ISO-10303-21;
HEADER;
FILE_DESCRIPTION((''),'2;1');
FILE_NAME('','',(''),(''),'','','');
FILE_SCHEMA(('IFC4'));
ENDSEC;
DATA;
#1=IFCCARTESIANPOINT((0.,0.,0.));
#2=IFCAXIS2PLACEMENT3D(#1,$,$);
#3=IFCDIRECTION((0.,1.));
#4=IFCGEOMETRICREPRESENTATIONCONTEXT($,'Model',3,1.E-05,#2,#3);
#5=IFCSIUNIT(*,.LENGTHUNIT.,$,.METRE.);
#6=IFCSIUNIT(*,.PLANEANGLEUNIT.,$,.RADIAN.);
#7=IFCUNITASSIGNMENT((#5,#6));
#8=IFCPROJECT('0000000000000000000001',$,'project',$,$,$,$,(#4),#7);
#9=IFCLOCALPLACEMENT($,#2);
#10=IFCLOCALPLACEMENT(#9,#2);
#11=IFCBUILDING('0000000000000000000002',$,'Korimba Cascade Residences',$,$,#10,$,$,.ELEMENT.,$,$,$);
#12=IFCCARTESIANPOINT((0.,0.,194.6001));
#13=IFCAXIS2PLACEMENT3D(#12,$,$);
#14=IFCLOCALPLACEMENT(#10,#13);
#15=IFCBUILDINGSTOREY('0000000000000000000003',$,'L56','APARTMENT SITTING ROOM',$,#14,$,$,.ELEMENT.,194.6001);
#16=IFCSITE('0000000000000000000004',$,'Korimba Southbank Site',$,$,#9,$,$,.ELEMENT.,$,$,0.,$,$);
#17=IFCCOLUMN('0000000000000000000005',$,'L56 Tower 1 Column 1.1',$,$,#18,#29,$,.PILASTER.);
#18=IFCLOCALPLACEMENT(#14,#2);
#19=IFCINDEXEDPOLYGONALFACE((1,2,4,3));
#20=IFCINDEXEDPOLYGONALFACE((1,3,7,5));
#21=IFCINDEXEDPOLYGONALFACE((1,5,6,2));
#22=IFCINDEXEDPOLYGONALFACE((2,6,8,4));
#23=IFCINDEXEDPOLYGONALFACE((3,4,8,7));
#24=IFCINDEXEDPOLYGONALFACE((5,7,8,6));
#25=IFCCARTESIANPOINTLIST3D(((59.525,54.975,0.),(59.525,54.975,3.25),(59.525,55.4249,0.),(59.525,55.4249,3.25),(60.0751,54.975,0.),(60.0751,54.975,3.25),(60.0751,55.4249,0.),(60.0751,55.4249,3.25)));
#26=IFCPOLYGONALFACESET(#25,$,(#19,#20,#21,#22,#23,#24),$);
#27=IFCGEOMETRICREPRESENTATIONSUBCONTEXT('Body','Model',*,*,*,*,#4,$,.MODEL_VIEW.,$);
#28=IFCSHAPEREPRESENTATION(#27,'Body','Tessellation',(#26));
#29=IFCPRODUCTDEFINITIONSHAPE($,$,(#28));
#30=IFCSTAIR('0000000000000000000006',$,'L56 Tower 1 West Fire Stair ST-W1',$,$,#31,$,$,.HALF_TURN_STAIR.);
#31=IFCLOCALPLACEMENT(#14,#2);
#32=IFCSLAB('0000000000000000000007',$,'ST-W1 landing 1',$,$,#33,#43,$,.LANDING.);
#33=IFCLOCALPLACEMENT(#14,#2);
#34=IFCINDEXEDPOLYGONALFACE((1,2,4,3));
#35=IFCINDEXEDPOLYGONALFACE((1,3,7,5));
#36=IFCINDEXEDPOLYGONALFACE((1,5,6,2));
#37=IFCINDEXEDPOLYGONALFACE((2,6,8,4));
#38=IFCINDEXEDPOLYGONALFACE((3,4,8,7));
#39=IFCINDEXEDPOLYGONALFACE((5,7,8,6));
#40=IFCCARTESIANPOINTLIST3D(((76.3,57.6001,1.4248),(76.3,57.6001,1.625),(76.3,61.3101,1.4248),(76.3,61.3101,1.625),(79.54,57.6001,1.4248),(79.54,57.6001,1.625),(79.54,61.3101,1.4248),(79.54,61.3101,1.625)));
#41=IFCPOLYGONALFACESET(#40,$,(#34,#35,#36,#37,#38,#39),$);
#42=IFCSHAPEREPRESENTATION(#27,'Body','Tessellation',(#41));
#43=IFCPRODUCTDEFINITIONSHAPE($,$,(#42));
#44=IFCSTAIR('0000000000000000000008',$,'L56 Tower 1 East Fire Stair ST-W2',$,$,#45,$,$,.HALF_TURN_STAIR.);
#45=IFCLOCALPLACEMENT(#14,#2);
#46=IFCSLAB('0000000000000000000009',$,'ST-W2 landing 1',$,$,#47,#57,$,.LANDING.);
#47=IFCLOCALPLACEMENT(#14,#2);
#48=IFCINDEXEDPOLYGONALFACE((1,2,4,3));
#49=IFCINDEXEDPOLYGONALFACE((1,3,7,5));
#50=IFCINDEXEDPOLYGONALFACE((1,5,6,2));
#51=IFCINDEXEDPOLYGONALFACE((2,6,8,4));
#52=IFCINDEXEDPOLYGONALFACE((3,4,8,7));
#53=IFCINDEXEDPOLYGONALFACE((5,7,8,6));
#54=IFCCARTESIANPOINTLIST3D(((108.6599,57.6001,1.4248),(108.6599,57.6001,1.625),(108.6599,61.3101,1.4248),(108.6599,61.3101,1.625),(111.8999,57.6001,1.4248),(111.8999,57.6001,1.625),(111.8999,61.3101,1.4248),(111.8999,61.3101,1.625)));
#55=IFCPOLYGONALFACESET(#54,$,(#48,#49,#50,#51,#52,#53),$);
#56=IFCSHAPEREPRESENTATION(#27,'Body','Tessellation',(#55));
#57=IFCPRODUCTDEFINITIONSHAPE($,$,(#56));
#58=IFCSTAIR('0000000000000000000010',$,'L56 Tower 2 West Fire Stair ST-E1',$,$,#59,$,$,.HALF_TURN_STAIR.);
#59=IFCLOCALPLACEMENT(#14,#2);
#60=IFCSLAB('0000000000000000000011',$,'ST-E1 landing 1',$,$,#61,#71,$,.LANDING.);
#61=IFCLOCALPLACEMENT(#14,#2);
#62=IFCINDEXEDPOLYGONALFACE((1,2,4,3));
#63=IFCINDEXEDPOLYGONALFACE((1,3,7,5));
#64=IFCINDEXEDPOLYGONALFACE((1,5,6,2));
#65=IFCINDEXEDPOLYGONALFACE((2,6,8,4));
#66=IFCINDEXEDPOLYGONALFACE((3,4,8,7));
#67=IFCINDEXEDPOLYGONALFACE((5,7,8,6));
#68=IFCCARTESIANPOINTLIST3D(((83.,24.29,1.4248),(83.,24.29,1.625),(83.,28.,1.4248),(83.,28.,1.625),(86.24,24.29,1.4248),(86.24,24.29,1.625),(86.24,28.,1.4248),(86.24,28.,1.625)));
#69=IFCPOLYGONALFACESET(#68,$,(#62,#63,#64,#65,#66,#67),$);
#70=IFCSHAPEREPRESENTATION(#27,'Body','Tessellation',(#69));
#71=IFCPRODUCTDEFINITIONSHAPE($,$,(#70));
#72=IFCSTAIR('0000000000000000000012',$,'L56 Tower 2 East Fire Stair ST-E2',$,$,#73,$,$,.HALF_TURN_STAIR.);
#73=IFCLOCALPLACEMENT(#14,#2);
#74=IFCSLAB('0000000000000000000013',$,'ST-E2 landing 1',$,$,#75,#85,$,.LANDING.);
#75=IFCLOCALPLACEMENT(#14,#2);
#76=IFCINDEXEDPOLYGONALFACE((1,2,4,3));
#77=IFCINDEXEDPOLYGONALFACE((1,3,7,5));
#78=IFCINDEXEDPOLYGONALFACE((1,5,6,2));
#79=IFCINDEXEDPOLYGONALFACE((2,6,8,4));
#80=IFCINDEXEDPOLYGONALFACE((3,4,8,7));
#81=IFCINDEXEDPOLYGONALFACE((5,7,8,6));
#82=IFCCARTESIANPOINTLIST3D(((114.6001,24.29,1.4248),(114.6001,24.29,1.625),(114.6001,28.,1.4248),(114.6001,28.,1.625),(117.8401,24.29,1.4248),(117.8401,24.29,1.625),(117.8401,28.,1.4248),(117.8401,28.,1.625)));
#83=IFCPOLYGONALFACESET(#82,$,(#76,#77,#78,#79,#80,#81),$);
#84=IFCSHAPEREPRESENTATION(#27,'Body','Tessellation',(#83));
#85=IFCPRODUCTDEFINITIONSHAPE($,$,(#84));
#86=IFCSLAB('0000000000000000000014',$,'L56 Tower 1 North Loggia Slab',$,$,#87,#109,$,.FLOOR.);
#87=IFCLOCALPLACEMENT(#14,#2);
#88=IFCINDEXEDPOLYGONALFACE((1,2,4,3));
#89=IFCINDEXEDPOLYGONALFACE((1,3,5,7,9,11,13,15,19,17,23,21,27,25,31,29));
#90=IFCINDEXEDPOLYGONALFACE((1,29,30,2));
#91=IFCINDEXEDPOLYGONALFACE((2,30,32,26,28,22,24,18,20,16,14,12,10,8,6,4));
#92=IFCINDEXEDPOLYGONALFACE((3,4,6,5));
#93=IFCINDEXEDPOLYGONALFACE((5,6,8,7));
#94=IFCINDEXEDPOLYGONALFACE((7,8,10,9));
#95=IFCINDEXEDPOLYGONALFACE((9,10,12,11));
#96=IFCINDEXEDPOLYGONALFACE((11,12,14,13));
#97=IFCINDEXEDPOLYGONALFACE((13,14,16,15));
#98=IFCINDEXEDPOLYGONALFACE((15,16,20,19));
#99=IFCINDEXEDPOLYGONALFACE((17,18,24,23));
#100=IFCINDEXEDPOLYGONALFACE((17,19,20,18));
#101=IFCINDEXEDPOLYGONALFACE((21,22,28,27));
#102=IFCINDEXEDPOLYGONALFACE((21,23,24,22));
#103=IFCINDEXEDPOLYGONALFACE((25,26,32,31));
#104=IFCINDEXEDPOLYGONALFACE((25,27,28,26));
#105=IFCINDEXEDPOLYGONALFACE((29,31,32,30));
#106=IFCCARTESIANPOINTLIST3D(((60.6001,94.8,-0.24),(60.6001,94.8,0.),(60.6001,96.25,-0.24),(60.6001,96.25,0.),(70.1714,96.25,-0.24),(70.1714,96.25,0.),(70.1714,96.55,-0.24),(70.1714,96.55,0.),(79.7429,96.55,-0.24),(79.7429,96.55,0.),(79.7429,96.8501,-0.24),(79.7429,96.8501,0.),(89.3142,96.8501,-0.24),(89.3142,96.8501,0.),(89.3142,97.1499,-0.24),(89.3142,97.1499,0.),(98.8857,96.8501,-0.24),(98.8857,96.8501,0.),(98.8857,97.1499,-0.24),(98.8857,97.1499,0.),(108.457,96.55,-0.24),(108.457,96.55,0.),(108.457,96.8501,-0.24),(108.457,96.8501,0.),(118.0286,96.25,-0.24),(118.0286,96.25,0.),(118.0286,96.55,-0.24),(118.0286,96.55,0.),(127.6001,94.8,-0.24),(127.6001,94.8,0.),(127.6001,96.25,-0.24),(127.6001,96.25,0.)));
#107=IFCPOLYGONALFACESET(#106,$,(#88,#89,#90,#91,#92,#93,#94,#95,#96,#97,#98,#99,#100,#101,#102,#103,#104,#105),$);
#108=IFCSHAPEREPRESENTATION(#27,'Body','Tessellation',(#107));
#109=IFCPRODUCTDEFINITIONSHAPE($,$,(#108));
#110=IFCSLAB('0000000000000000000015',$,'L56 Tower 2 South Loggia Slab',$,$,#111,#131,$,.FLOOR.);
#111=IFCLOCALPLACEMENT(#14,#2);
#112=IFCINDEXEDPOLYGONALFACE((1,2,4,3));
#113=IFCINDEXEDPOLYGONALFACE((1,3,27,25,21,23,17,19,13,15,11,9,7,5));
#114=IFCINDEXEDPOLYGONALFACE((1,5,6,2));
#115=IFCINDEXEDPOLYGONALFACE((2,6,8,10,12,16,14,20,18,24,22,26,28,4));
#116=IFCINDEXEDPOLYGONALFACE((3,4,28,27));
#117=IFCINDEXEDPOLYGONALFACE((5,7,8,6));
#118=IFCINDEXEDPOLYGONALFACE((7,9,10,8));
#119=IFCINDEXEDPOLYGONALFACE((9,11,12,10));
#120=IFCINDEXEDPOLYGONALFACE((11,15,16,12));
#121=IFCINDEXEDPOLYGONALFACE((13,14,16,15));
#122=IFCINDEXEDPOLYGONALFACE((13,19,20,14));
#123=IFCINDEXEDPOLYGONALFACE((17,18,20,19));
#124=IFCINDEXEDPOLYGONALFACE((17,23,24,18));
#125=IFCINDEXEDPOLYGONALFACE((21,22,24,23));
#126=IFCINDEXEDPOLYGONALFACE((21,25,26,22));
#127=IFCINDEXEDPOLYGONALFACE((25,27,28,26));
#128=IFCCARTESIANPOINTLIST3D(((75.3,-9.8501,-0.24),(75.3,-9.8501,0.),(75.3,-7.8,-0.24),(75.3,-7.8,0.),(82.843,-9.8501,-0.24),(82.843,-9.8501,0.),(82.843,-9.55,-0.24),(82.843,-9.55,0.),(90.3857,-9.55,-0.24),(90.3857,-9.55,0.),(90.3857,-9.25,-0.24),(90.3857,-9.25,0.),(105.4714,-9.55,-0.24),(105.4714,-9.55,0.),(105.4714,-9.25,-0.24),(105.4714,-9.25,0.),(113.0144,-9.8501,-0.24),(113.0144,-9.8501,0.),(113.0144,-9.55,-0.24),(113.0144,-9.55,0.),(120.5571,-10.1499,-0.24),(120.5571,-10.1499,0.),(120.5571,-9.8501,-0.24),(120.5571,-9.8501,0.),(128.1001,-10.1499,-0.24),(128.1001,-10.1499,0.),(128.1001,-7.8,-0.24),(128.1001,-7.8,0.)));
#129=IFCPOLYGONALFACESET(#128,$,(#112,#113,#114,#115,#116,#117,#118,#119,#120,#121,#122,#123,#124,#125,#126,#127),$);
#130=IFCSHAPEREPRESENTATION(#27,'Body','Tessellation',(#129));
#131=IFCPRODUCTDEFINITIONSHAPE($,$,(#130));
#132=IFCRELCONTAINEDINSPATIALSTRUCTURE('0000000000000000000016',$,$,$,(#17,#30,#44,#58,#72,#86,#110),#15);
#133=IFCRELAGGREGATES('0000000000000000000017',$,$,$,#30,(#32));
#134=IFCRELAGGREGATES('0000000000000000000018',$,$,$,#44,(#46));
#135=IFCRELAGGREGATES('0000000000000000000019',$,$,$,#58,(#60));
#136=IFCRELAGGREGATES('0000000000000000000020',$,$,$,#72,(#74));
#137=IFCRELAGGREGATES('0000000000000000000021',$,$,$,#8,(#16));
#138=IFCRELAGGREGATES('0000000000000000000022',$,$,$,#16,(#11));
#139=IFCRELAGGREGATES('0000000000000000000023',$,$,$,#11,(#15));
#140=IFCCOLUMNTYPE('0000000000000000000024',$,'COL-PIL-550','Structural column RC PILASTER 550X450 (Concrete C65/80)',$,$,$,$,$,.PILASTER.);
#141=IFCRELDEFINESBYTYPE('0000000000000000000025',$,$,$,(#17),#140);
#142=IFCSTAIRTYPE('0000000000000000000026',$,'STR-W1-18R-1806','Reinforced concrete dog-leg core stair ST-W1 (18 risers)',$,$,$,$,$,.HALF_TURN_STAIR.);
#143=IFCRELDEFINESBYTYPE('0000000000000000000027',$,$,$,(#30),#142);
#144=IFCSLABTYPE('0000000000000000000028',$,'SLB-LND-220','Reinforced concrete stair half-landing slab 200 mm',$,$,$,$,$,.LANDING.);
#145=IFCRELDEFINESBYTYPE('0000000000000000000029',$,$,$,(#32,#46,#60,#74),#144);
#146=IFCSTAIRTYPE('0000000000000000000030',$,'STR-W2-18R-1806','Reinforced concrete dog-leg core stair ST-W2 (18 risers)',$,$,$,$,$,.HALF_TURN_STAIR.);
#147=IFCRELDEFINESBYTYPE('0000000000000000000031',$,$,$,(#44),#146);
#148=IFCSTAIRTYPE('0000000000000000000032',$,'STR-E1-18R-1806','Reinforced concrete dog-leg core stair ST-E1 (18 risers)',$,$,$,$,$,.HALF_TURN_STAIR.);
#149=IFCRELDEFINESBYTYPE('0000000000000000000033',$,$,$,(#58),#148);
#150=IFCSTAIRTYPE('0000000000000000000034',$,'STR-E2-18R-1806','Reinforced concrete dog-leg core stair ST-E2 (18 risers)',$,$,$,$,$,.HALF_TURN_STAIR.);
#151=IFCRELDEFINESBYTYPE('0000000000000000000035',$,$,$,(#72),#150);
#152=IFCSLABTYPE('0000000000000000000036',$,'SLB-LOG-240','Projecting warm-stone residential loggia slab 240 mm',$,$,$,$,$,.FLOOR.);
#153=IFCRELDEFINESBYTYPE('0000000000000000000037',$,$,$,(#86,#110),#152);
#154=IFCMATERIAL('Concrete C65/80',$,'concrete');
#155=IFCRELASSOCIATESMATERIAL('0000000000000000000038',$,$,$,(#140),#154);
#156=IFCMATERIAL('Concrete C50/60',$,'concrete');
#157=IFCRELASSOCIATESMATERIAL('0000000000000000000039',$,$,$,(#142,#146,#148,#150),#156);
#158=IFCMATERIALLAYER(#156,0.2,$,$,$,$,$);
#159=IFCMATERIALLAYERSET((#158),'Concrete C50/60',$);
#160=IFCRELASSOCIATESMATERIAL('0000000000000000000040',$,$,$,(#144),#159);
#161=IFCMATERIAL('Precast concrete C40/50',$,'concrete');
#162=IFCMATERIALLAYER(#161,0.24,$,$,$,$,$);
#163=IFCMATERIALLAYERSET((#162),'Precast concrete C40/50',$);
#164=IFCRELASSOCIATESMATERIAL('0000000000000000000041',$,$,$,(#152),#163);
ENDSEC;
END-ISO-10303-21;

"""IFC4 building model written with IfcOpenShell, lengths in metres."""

from ifc_helpers import new_model, si_unit, direction, frame, origin, origin_2d, place, context, subcontext, project, spatial, polyline, rectangle, outline, extrude, material, layer, layer_set, material_profile, profile_set, type_object, element, aggregate, save


model = new_model("IFC4")

# Units and contexts
model_context = context("Model", 3, precision=1e-05, world=origin(), true_north=direction((0.0, 1.0)))
body_context = subcontext(model_context, "Body", "Model", "MODEL_VIEW")
ifc_project = project(units=[si_unit("LENGTHUNIT", "METRE"), si_unit("PLANEANGLEUNIT", "RADIAN")], contexts=[model_context])

# Site, building, storey
site_placement = place(None, origin())
site = spatial("IfcSite", under=ifc_project, at=site_placement, Name="Korimba Southbank Site", CompositionType="ELEMENT", RefElevation=0.0)
building_placement = place(site_placement, origin())
building = spatial("IfcBuilding", under=site, at=building_placement, Name="Korimba Cascade Residences", CompositionType="ELEMENT")
storey_placement = place(building_placement, frame((0.0, 0.0, 194.6001)))
storey = spatial("IfcBuildingStorey", under=building, at=storey_placement, Name="L56", Description="APARTMENT SITTING ROOM", CompositionType="ELEMENT", Elevation=194.6001)

# Column
ifc_material_1 = material(Name="Concrete C65/80", Category="concrete")
ifc_material_profile = material_profile(ifc_material_1, rectangle(XDim=0.55, YDim=0.45, at=origin_2d()), Name="Concrete C65/80")
ifc_profile_set = profile_set([ifc_material_profile], Name="Concrete C65/80")
column_type = type_object("IfcColumnType", Name="COL-PIL-550", Description="Structural column RC PILASTER 550X450 (Concrete C65/80)", PredefinedType="PILASTER", material=ifc_profile_set)
column_placement = place(storey_placement, frame((59.8, 55.2, 0.0), z_axis=(0.0, 0.0, 1.0), x_axis=(1.0, 0.0, 0.0)))
element("IfcColumn", 1, at=column_placement, inside=storey, type_object=column_type, Name="L56 Tower 1 Column 1.1", PredefinedType="PILASTER", context=body_context, shape_type="SweptSolid", body=[
    extrude(rectangle(XDim=0.55, YDim=0.45, at=origin_2d()), origin(), (0.0, 0.0, 1.0), 3.25),
])

# Stairs, slabs
ifc_material_2 = material(Name="Concrete C50/60", Category="concrete")
stair_type_1 = type_object("IfcStairType", Name="STR-W1-18R-1806", Description="Reinforced concrete dog-leg core stair ST-W1 (18 risers)", PredefinedType="HALF_TURN_STAIR", material=ifc_material_2)
stair_1_placement = place(storey_placement, origin())
stair_1 = element("IfcStair", 2, at=stair_1_placement, inside=storey, type_object=stair_type_1, Name="L56 Tower 1 West Fire Stair ST-W1", PredefinedType="HALF_TURN_STAIR")
ifc_layer_1 = layer(ifc_material_2, 0.2)
ifc_layer_set_1 = layer_set([ifc_layer_1], Name="Concrete C50/60")
slab_type_1 = type_object("IfcSlabType", Name="SLB-LND-220", Description="Reinforced concrete stair half-landing slab 200 mm", PredefinedType="LANDING", material=ifc_layer_set_1)
slab_1_placement = place(storey_placement, frame((0.0, 0.0, 1.4248)))
slab_1 = element("IfcSlab", 3, at=slab_1_placement, type_object=slab_type_1, Name="ST-W1 landing 1", PredefinedType="LANDING", context=body_context, shape_type="SweptSolid", body=[
    extrude(outline(polyline([(76.3, 61.3101), (76.3, 57.6001), (79.54, 57.6001), (79.54, 61.3101), (76.3, 61.3101)])), origin(), (0.0, 0.0, 1.0), 0.2002),
])
aggregate(stair_1, [slab_1])
stair_type_2 = type_object("IfcStairType", Name="STR-W2-18R-1806", Description="Reinforced concrete dog-leg core stair ST-W2 (18 risers)", PredefinedType="HALF_TURN_STAIR", material=ifc_material_2)
stair_2_placement = place(storey_placement, origin())
stair_2 = element("IfcStair", 4, at=stair_2_placement, inside=storey, type_object=stair_type_2, Name="L56 Tower 1 East Fire Stair ST-W2", PredefinedType="HALF_TURN_STAIR")
slab_2_placement = place(storey_placement, frame((0.0, 0.0, 1.4248)))
slab_2 = element("IfcSlab", 5, at=slab_2_placement, type_object=slab_type_1, Name="ST-W2 landing 1", PredefinedType="LANDING", context=body_context, shape_type="SweptSolid", body=[
    extrude(outline(polyline([(108.6599, 61.3101), (108.6599, 57.6001), (111.8999, 57.6001), (111.8999, 61.3101), (108.6599, 61.3101)])), origin(), (0.0, 0.0, 1.0), 0.2002),
])
aggregate(stair_2, [slab_2])
stair_type_3 = type_object("IfcStairType", Name="STR-E1-18R-1806", Description="Reinforced concrete dog-leg core stair ST-E1 (18 risers)", PredefinedType="HALF_TURN_STAIR", material=ifc_material_2)
stair_3_placement = place(storey_placement, origin())
stair_3 = element("IfcStair", 6, at=stair_3_placement, inside=storey, type_object=stair_type_3, Name="L56 Tower 2 West Fire Stair ST-E1", PredefinedType="HALF_TURN_STAIR")
slab_3_placement = place(storey_placement, frame((0.0, 0.0, 1.4248)))
slab_3 = element("IfcSlab", 7, at=slab_3_placement, type_object=slab_type_1, Name="ST-E1 landing 1", PredefinedType="LANDING", context=body_context, shape_type="SweptSolid", body=[
    extrude(outline(polyline([(86.24, 24.29), (86.24, 28.0), (83.0, 28.0), (83.0, 24.29), (86.24, 24.29)])), origin(), (0.0, 0.0, 1.0), 0.2002),
])
aggregate(stair_3, [slab_3])
stair_type_4 = type_object("IfcStairType", Name="STR-E2-18R-1806", Description="Reinforced concrete dog-leg core stair ST-E2 (18 risers)", PredefinedType="HALF_TURN_STAIR", material=ifc_material_2)
stair_4_placement = place(storey_placement, origin())
stair_4 = element("IfcStair", 8, at=stair_4_placement, inside=storey, type_object=stair_type_4, Name="L56 Tower 2 East Fire Stair ST-E2", PredefinedType="HALF_TURN_STAIR")
slab_4_placement = place(storey_placement, frame((0.0, 0.0, 1.4248)))
slab_4 = element("IfcSlab", 9, at=slab_4_placement, type_object=slab_type_1, Name="ST-E2 landing 1", PredefinedType="LANDING", context=body_context, shape_type="SweptSolid", body=[
    extrude(outline(polyline([(117.8401, 24.29), (117.8401, 28.0), (114.6001, 28.0), (114.6001, 24.29), (117.8401, 24.29)])), origin(), (0.0, 0.0, 1.0), 0.2002),
])
aggregate(stair_4, [slab_4])

# Slabs
ifc_material_3 = material(Name="Precast concrete C40/50", Category="concrete")
ifc_layer_2 = layer(ifc_material_3, 0.24)
ifc_layer_set_2 = layer_set([ifc_layer_2], Name="Precast concrete C40/50")
slab_type_2 = type_object("IfcSlabType", Name="SLB-LOG-240", Description="Projecting warm-stone residential loggia slab 240 mm", PredefinedType="FLOOR", material=ifc_layer_set_2)
slab_5_placement = place(storey_placement, frame((0.0, 0.0, -0.24)))
element("IfcSlab", 10, at=slab_5_placement, inside=storey, type_object=slab_type_2, Name="L56 Tower 1 North Loggia Slab", PredefinedType="FLOOR", context=body_context, shape_type="SweptSolid", body=[
    extrude(outline(polyline([(60.6001, 94.8), (127.6001, 94.8), (127.6001, 96.25), (118.0286, 96.25), (118.0286, 96.55), (108.457, 96.55), (108.457, 96.8501), (98.8857, 96.8501), (98.8857, 97.1499), (89.3142, 97.1499), (89.3142, 96.8501), (79.7429, 96.8501), (79.7429, 96.55), (70.1714, 96.55), (70.1714, 96.25), (60.6001, 96.25), (60.6001, 94.8)])), origin(), (0.0, 0.0, 1.0), 0.24),
])
slab_6_placement = place(storey_placement, frame((0.0, 0.0, -0.24)))
element("IfcSlab", 11, at=slab_6_placement, inside=storey, type_object=slab_type_2, Name="L56 Tower 2 South Loggia Slab", PredefinedType="FLOOR", context=body_context, shape_type="SweptSolid", body=[
    extrude(outline(polyline([(75.3, -9.8501), (82.843, -9.8501), (82.843, -9.55), (90.3857, -9.55), (90.3857, -9.25), (105.4714, -9.25), (105.4714, -9.55), (113.0144, -9.55), (113.0144, -9.8501), (120.5571, -9.8501), (120.5571, -10.1499), (128.1001, -10.1499), (128.1001, -7.8), (75.3, -7.8), (75.3, -9.8501)])), origin(), (0.0, 0.0, 1.0), 0.24),
])

save(model, "model.ifc")
